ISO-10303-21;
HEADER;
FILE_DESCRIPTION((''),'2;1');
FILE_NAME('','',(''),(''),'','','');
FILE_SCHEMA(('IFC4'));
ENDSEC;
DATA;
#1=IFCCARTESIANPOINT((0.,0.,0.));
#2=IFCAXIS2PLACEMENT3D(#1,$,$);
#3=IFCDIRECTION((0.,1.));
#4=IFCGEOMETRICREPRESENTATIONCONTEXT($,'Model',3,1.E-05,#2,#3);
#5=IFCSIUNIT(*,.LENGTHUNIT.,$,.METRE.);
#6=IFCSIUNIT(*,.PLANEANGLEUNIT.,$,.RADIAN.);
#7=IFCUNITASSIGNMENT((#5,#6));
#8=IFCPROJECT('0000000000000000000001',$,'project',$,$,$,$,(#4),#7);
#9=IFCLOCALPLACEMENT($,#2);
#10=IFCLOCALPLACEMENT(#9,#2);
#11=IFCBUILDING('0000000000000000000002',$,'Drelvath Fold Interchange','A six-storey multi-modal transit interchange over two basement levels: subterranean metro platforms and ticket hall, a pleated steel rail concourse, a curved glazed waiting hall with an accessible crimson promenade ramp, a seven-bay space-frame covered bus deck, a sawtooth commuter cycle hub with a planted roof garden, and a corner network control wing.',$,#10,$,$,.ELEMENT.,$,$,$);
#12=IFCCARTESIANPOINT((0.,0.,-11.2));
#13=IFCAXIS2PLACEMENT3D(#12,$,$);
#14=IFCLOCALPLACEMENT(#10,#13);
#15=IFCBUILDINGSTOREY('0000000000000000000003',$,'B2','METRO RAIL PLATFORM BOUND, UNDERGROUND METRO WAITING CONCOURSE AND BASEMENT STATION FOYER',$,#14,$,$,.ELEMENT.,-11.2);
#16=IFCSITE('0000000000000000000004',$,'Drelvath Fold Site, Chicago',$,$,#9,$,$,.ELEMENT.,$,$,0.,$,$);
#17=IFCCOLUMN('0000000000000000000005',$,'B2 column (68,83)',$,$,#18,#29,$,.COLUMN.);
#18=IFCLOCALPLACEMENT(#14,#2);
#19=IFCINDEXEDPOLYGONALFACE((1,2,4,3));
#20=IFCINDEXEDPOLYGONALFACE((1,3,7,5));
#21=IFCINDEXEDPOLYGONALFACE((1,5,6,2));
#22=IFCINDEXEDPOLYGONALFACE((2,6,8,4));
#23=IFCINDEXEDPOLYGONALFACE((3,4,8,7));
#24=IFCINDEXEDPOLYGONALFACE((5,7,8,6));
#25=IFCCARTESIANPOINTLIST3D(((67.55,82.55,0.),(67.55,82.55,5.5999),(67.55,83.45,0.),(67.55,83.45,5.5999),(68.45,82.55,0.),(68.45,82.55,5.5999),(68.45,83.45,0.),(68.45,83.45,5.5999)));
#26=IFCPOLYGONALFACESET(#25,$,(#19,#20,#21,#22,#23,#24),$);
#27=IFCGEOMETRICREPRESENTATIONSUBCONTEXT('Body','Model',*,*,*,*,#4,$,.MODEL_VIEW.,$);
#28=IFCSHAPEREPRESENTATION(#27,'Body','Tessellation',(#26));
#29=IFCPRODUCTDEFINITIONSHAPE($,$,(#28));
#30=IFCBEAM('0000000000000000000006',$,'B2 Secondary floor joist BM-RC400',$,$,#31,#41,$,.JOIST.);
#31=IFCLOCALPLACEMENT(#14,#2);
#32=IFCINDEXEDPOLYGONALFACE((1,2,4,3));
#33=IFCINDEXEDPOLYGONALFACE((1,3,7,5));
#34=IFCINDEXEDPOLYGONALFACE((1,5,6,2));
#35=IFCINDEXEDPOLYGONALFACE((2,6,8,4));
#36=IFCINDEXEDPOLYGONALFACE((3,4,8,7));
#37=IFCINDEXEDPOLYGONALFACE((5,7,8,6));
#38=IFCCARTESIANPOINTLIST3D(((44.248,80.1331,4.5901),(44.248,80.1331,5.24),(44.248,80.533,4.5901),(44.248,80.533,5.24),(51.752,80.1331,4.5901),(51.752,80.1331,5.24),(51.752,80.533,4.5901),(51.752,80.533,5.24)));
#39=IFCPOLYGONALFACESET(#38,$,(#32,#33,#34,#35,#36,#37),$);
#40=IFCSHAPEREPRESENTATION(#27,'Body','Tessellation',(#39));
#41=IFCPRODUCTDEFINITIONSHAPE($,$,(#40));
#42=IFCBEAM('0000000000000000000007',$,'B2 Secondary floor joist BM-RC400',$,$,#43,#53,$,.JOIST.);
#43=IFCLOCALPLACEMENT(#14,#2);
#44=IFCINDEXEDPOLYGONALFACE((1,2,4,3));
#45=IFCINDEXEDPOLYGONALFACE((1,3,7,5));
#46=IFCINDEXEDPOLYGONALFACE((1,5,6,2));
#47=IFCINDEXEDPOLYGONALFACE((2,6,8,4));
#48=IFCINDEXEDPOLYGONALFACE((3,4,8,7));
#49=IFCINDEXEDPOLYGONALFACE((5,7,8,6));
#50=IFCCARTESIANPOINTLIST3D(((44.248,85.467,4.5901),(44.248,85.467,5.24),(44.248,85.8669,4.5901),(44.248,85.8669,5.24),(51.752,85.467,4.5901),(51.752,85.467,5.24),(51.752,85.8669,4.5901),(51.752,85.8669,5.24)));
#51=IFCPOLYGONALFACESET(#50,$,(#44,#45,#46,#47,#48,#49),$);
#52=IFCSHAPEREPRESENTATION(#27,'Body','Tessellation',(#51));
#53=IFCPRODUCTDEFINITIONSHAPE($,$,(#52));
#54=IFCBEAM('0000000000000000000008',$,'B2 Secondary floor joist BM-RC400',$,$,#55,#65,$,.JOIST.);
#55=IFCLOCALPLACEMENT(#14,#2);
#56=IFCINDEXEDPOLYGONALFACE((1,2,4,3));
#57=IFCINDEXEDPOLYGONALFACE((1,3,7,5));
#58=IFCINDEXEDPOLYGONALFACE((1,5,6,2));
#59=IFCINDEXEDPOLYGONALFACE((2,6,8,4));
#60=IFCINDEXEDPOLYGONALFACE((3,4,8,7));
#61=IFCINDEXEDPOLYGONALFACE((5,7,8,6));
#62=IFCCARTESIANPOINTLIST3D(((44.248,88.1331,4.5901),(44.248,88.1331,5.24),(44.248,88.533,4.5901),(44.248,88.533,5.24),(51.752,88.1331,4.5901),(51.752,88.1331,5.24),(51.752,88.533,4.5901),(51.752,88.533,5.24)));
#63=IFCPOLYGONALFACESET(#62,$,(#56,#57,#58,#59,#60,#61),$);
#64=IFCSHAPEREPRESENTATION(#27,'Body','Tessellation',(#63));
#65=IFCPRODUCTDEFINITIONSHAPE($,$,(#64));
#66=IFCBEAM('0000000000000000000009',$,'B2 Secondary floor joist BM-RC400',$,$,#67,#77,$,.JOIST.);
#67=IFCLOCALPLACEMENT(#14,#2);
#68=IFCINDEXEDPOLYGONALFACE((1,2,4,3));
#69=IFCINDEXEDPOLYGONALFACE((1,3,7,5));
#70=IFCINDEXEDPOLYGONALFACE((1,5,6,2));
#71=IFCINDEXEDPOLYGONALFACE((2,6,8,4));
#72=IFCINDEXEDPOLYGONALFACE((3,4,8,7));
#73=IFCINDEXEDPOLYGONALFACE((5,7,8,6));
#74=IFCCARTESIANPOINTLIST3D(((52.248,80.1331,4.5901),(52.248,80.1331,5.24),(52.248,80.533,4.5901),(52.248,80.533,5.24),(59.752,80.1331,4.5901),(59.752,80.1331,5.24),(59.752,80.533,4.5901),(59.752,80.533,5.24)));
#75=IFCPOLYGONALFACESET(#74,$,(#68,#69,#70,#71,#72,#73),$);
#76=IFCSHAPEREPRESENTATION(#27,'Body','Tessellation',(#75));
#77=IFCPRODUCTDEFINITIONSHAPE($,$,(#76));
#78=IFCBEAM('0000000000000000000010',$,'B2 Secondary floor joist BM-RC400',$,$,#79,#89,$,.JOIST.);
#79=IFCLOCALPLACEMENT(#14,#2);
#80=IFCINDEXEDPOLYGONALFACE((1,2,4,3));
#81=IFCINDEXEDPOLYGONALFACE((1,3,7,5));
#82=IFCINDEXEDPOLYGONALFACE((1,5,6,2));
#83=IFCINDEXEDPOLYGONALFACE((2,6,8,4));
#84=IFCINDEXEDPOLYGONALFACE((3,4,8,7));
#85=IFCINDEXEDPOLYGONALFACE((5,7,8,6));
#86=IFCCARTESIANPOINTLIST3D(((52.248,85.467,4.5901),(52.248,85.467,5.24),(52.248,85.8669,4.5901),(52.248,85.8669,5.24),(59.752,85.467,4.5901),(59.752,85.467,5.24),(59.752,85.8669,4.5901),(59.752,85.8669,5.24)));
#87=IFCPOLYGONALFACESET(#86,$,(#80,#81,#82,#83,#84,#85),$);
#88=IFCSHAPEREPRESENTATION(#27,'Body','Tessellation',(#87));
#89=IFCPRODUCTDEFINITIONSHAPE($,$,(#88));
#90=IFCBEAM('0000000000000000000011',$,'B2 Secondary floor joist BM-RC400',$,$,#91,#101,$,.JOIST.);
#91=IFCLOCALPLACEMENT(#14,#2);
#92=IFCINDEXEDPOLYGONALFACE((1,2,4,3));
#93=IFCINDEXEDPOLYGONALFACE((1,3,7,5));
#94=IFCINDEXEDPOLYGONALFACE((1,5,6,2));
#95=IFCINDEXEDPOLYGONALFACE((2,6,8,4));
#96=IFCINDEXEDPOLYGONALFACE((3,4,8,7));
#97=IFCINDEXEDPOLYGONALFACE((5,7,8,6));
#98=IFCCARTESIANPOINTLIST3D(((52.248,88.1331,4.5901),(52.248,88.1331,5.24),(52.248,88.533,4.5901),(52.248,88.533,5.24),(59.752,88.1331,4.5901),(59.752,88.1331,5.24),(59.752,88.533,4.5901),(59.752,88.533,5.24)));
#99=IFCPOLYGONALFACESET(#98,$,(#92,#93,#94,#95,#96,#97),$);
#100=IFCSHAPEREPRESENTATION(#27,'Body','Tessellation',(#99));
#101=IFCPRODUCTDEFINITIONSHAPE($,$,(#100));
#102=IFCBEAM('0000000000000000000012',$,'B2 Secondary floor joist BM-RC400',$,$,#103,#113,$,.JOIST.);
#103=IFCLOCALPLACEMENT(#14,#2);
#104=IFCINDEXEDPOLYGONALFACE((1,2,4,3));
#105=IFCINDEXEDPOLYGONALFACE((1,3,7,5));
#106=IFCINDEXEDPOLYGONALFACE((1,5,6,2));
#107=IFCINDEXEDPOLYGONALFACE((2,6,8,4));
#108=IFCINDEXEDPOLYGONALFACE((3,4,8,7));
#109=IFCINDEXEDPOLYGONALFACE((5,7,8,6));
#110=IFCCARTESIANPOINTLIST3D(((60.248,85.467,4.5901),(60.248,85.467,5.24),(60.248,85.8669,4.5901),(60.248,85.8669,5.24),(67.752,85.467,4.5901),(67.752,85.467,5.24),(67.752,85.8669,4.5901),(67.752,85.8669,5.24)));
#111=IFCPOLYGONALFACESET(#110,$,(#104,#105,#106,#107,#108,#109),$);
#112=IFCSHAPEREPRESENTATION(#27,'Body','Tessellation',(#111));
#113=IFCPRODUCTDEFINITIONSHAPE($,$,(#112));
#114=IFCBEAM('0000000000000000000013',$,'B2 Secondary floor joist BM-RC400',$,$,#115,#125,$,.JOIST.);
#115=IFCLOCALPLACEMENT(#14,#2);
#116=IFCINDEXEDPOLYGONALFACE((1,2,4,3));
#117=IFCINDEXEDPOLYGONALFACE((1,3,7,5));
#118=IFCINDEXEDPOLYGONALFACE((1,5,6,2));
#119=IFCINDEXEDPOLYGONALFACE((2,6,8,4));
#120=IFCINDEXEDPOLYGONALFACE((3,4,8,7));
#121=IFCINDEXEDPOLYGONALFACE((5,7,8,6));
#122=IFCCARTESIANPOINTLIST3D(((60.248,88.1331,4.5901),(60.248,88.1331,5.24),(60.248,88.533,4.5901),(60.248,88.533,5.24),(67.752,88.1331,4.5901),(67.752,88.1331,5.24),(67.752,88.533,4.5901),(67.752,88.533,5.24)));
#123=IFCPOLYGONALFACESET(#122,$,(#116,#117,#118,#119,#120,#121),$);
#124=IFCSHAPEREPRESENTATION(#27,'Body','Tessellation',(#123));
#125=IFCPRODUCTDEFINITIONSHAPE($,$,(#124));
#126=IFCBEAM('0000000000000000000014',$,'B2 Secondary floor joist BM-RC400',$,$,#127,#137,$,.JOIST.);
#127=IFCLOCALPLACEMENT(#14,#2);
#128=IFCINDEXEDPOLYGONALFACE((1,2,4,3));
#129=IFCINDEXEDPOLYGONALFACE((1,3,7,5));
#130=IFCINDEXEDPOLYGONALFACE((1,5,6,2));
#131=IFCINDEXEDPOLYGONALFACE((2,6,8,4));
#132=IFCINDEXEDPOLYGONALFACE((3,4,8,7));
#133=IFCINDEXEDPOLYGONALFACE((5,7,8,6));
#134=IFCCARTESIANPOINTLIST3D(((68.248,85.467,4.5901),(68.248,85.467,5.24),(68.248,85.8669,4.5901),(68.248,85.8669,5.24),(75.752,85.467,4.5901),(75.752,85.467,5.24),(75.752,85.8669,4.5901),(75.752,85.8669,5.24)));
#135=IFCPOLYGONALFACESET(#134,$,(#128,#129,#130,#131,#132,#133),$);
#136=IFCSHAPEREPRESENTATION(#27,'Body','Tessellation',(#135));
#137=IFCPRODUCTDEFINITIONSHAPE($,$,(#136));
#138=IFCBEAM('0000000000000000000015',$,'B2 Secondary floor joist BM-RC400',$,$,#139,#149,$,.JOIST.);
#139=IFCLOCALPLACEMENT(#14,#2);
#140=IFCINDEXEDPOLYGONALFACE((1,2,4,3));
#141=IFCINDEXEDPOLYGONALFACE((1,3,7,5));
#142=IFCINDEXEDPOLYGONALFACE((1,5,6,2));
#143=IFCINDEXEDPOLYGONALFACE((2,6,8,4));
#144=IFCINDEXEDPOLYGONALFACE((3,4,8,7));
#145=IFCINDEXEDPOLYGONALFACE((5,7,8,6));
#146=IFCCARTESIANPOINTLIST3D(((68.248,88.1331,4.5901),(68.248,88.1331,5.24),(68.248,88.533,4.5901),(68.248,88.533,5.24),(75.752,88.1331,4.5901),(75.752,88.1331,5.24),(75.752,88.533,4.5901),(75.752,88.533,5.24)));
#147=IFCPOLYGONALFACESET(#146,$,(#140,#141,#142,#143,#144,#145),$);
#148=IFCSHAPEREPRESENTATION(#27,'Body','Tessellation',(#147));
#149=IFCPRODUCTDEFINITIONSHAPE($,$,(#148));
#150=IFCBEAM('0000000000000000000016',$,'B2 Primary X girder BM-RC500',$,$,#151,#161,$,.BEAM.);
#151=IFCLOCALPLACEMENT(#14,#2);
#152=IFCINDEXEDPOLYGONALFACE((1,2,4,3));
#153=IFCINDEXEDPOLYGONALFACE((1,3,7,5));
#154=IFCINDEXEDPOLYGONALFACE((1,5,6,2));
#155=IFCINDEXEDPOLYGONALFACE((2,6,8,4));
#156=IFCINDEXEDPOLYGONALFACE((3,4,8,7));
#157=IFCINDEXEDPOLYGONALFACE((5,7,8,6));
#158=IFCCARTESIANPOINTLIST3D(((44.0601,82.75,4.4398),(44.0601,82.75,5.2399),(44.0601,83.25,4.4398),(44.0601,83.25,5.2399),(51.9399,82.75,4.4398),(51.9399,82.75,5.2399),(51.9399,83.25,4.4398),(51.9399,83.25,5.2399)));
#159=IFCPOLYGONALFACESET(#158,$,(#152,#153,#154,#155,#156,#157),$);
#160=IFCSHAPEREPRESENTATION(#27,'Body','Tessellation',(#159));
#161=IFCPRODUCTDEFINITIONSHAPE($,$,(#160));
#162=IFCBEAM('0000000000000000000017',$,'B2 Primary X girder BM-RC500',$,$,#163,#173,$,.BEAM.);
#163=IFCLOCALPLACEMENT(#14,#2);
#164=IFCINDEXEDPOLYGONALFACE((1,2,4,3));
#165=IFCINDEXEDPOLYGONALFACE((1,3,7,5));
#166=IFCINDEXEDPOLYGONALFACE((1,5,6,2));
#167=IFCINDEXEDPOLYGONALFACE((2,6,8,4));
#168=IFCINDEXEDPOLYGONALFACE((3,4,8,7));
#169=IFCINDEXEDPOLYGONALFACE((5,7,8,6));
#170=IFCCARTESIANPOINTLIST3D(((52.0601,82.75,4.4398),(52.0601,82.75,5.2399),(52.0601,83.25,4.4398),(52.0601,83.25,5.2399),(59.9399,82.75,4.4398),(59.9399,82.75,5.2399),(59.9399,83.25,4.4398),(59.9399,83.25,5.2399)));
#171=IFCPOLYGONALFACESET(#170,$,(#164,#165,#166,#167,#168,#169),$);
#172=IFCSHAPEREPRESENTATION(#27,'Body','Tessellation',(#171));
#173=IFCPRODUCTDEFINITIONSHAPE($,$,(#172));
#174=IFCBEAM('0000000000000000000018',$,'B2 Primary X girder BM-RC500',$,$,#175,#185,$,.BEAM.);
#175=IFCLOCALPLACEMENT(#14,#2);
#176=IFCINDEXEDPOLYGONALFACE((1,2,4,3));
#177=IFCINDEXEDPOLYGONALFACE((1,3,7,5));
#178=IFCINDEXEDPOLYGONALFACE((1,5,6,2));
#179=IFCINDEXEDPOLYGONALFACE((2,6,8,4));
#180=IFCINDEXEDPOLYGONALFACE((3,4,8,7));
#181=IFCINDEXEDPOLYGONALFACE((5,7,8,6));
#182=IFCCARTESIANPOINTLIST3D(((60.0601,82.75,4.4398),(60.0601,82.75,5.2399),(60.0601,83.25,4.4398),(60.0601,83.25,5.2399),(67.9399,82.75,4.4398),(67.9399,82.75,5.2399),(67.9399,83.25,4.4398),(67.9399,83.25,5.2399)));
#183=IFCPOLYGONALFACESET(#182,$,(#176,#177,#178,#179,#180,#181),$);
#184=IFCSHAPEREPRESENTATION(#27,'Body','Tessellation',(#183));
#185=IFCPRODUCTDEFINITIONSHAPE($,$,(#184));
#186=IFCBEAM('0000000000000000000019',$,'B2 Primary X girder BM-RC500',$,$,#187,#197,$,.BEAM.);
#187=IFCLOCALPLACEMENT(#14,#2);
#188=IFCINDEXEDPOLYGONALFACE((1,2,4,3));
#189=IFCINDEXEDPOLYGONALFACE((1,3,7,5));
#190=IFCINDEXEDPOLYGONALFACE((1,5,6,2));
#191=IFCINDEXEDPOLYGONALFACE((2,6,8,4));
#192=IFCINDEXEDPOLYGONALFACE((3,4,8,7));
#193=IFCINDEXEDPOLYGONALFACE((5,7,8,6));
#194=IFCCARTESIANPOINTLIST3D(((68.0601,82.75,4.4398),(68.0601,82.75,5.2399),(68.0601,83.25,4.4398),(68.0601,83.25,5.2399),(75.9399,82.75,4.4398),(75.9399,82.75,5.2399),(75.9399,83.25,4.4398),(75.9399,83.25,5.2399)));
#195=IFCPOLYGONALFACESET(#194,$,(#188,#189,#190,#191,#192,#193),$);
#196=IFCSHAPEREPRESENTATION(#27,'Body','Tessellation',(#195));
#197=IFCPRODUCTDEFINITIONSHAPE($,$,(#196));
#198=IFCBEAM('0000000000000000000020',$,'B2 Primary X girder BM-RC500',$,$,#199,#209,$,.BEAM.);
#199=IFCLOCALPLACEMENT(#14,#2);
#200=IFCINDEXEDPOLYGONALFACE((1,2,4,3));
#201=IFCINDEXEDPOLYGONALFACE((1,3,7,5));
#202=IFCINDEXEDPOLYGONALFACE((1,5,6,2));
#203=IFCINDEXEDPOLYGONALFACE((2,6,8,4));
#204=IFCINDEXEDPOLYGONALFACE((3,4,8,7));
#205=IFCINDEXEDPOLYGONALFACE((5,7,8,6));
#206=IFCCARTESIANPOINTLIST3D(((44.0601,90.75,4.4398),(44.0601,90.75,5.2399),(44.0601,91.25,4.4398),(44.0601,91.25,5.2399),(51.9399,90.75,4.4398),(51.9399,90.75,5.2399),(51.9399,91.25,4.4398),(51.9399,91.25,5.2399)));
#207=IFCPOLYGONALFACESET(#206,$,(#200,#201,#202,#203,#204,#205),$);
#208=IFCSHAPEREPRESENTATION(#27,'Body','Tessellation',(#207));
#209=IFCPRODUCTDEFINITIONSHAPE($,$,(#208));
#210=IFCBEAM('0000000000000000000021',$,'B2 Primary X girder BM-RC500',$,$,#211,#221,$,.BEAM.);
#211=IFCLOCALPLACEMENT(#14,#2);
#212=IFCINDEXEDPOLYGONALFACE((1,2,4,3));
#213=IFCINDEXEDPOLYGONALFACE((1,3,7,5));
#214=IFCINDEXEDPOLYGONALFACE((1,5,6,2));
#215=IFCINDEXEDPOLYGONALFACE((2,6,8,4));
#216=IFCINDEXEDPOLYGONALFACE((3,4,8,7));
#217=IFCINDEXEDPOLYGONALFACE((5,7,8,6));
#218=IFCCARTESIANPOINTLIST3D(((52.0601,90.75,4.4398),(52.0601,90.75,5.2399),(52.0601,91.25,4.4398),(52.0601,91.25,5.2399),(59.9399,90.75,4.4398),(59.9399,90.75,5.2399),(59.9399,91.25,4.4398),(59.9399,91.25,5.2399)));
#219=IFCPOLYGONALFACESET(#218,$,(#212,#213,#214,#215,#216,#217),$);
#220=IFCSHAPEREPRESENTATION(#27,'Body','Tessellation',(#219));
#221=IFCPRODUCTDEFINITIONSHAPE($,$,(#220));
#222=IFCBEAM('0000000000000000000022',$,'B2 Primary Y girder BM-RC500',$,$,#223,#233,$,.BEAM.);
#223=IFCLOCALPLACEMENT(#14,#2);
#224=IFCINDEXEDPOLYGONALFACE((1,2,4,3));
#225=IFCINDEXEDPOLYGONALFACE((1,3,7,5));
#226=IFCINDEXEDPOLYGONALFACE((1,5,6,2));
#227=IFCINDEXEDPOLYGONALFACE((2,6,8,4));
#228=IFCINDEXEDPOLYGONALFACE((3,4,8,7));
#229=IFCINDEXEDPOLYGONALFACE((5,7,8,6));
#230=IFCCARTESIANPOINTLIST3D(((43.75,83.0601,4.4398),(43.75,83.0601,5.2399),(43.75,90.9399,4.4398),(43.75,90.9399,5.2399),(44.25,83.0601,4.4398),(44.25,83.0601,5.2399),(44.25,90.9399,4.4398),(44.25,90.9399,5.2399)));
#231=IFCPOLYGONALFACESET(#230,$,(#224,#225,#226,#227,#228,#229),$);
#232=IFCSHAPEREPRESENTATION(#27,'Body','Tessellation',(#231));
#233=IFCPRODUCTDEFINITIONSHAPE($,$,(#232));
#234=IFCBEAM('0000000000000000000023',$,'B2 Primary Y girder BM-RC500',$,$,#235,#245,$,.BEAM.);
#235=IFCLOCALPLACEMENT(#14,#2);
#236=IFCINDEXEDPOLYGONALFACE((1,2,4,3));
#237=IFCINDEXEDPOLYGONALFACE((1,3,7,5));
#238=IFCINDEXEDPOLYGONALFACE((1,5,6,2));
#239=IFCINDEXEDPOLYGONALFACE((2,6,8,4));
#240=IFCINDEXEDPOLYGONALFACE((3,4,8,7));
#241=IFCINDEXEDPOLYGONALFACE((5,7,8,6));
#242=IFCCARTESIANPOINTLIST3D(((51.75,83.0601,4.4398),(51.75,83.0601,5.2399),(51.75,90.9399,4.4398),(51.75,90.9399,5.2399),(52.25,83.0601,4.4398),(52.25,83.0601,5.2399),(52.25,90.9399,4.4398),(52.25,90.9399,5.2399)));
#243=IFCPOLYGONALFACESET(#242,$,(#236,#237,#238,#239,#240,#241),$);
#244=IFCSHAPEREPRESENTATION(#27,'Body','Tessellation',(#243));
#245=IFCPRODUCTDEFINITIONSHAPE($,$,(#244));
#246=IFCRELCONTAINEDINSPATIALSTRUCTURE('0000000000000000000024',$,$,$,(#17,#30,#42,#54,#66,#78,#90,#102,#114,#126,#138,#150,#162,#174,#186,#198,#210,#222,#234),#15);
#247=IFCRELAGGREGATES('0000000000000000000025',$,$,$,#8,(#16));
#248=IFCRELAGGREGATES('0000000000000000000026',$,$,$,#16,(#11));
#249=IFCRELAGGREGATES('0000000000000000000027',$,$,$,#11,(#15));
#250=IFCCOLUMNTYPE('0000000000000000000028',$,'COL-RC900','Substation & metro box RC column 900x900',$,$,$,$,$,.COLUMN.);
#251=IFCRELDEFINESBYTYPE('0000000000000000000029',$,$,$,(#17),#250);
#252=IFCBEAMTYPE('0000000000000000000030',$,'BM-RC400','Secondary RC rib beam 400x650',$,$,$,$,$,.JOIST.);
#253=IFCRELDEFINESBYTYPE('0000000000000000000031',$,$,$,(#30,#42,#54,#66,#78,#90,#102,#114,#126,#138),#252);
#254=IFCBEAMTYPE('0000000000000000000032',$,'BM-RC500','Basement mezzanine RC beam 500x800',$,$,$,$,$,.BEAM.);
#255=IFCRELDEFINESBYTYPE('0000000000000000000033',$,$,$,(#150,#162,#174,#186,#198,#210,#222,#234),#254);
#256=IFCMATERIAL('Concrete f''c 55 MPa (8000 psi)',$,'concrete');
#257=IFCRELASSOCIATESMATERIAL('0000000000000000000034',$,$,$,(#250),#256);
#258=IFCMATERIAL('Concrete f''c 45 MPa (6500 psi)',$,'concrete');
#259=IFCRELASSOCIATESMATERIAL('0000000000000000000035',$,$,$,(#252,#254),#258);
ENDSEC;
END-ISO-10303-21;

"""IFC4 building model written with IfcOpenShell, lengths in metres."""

from ifc_helpers import new_model, si_unit, direction, frame, origin, origin_2d, place, context, subcontext, project, spatial, rectangle, extrude, material, material_profile, profile_set, type_object, element, save


model = new_model("IFC4")

# Units and contexts
model_context = context("Model", 3, precision=1e-05, world=origin(), true_north=direction((0.0, 1.0)))
body_context = subcontext(model_context, "Body", "Model", "MODEL_VIEW")
ifc_project = project(units=[si_unit("LENGTHUNIT", "METRE"), si_unit("PLANEANGLEUNIT", "RADIAN")], contexts=[model_context])

# Site, building, storey
site_placement = place(None, origin())
site = spatial("IfcSite", under=ifc_project, at=site_placement, Name="Drelvath Fold Site, Chicago", CompositionType="ELEMENT", RefElevation=0.0)
building_placement = place(site_placement, origin())
building = spatial("IfcBuilding", under=site, at=building_placement, Name="Drelvath Fold Interchange", Description="A six-storey multi-modal transit interchange over two basement levels: subterranean metro platforms and ticket hall, a pleated steel rail concourse, a curved glazed waiting hall with an accessible crimson promenade ramp, a seven-bay space-frame covered bus deck, a sawtooth commuter cycle hub with a planted roof garden, and a corner network control wing.", CompositionType="ELEMENT")
storey_placement = place(building_placement, frame((0.0, 0.0, -11.2)))
storey = spatial("IfcBuildingStorey", under=building, at=storey_placement, Name="B2", Description="METRO RAIL PLATFORM BOUND, UNDERGROUND METRO WAITING CONCOURSE AND BASEMENT STATION FOYER", CompositionType="ELEMENT", Elevation=-11.2)

# Shared definitions
ifc_material_1 = material(Name="Concrete f'c 55 MPa (8000 psi)", Category="concrete")

# Column
ifc_material_profile_1 = material_profile(ifc_material_1, rectangle(XDim=0.8999, YDim=0.8999, at=origin_2d()), Name="RC 900x900")
ifc_profile_set_1 = profile_set([ifc_material_profile_1], Name="Concrete f'c 55 MPa (8000 psi)")
column_type = type_object("IfcColumnType", Name="COL-RC900", Description="Substation & metro box RC column 900x900", PredefinedType="COLUMN", material=ifc_profile_set_1)
for number, where, z_axis, x_axis, name in (
    (1, (68.0, 83.0, 0.0), (0.0, 0.0, 1.0), (1.0, 0.0, 0.0), "B2 column (68,83)"),
):
    element("IfcColumn", number, at=place(storey_placement, frame(where, z_axis=z_axis, x_axis=x_axis)), inside=storey, type_object=column_type, Name=name, PredefinedType="COLUMN", context=body_context, shape_type="SweptSolid", body=[
        extrude(rectangle(XDim=0.8999, YDim=0.8999, at=origin_2d()), origin(), (0.0, 0.0, 1.0), 5.5999),
    ])

# Beams
ifc_material_2 = material(Name="Concrete f'c 45 MPa (6500 psi)", Category="concrete")
ifc_material_profile_2 = material_profile(ifc_material_2, rectangle(XDim=0.3999, YDim=0.6499, at=origin_2d()), Name="RC 400x650")
ifc_profile_set_2 = profile_set([ifc_material_profile_2], Name="Concrete f'c 45 MPa (6500 psi)")
beam_type_1 = type_object("IfcBeamType", Name="BM-RC400", Description="Secondary RC rib beam 400x650", PredefinedType="JOIST", material=ifc_profile_set_2)
for number, where, z_axis, x_axis, name in (
    (2, (44.248, 80.333, 4.915), (1.0, 0.0, 0.0), (0.0, 1.0, 0.0), "B2 Secondary floor joist BM-RC400"),
    (3, (44.248, 85.667, 4.915), (1.0, 0.0, 0.0), (0.0, 1.0, 0.0), "B2 Secondary floor joist BM-RC400"),
    (4, (44.248, 88.333, 4.915), (1.0, 0.0, 0.0), (0.0, 1.0, 0.0), "B2 Secondary floor joist BM-RC400"),
    (5, (52.248, 80.333, 4.915), (1.0, 0.0, 0.0), (0.0, 1.0, 0.0), "B2 Secondary floor joist BM-RC400"),
    (6, (52.248, 85.667, 4.915), (1.0, 0.0, 0.0), (0.0, 1.0, 0.0), "B2 Secondary floor joist BM-RC400"),
    (7, (52.248, 88.333, 4.915), (1.0, 0.0, 0.0), (0.0, 1.0, 0.0), "B2 Secondary floor joist BM-RC400"),
    (8, (60.248, 85.667, 4.915), (1.0, 0.0, 0.0), (0.0, 1.0, 0.0), "B2 Secondary floor joist BM-RC400"),
    (9, (60.248, 88.333, 4.915), (1.0, 0.0, 0.0), (0.0, 1.0, 0.0), "B2 Secondary floor joist BM-RC400"),
    (10, (68.248, 85.667, 4.915), (1.0, 0.0, 0.0), (0.0, 1.0, 0.0), "B2 Secondary floor joist BM-RC400"),
    (11, (68.248, 88.333, 4.915), (1.0, 0.0, 0.0), (0.0, 1.0, 0.0), "B2 Secondary floor joist BM-RC400"),
):
    element("IfcBeam", number, at=place(storey_placement, frame(where, z_axis=z_axis, x_axis=x_axis)), inside=storey, type_object=beam_type_1, Name=name, PredefinedType="JOIST", context=body_context, shape_type="SweptSolid", body=[
        extrude(rectangle(XDim=0.3999, YDim=0.6499, at=origin_2d()), origin(), (0.0, 0.0, 1.0), 7.5039),
    ])
ifc_material_profile_3 = material_profile(ifc_material_2, rectangle(XDim=0.5, YDim=0.8, at=origin_2d()), Name="RC 500x800")
ifc_profile_set_3 = profile_set([ifc_material_profile_3], Name="Concrete f'c 45 MPa (6500 psi)")
beam_type_2 = type_object("IfcBeamType", Name="BM-RC500", Description="Basement mezzanine RC beam 500x800", PredefinedType="BEAM", material=ifc_profile_set_3)
for number, where, z_axis, x_axis, name in (
    (12, (44.0601, 83.0, 4.8398), (1.0, 0.0, 0.0), (0.0, 1.0, 0.0), "B2 Primary X girder BM-RC500"),
    (13, (52.0601, 83.0, 4.8398), (1.0, 0.0, 0.0), (0.0, 1.0, 0.0), "B2 Primary X girder BM-RC500"),
    (14, (60.0601, 83.0, 4.8398), (1.0, 0.0, 0.0), (0.0, 1.0, 0.0), "B2 Primary X girder BM-RC500"),
    (15, (68.0601, 83.0, 4.8398), (1.0, 0.0, 0.0), (0.0, 1.0, 0.0), "B2 Primary X girder BM-RC500"),
    (16, (44.0601, 91.0, 4.8398), (1.0, 0.0, 0.0), (0.0, 1.0, 0.0), "B2 Primary X girder BM-RC500"),
    (17, (52.0601, 91.0, 4.8398), (1.0, 0.0, 0.0), (0.0, 1.0, 0.0), "B2 Primary X girder BM-RC500"),
    (18, (44.0, 83.0601, 4.8398), (0.0, 1.0, 0.0), (-1.0, 0.0, 0.0), "B2 Primary Y girder BM-RC500"),
    (19, (52.0, 83.0601, 4.8398), (0.0, 1.0, 0.0), (-1.0, 0.0, 0.0), "B2 Primary Y girder BM-RC500"),
):
    element("IfcBeam", number, at=place(storey_placement, frame(where, z_axis=z_axis, x_axis=x_axis)), inside=storey, type_object=beam_type_2, Name=name, PredefinedType="BEAM", context=body_context, shape_type="SweptSolid", body=[
        extrude(rectangle(XDim=0.5, YDim=0.8, at=origin_2d()), origin(), (0.0, 0.0, 1.0), 7.8799),
    ])

save(model, "model.ifc")
